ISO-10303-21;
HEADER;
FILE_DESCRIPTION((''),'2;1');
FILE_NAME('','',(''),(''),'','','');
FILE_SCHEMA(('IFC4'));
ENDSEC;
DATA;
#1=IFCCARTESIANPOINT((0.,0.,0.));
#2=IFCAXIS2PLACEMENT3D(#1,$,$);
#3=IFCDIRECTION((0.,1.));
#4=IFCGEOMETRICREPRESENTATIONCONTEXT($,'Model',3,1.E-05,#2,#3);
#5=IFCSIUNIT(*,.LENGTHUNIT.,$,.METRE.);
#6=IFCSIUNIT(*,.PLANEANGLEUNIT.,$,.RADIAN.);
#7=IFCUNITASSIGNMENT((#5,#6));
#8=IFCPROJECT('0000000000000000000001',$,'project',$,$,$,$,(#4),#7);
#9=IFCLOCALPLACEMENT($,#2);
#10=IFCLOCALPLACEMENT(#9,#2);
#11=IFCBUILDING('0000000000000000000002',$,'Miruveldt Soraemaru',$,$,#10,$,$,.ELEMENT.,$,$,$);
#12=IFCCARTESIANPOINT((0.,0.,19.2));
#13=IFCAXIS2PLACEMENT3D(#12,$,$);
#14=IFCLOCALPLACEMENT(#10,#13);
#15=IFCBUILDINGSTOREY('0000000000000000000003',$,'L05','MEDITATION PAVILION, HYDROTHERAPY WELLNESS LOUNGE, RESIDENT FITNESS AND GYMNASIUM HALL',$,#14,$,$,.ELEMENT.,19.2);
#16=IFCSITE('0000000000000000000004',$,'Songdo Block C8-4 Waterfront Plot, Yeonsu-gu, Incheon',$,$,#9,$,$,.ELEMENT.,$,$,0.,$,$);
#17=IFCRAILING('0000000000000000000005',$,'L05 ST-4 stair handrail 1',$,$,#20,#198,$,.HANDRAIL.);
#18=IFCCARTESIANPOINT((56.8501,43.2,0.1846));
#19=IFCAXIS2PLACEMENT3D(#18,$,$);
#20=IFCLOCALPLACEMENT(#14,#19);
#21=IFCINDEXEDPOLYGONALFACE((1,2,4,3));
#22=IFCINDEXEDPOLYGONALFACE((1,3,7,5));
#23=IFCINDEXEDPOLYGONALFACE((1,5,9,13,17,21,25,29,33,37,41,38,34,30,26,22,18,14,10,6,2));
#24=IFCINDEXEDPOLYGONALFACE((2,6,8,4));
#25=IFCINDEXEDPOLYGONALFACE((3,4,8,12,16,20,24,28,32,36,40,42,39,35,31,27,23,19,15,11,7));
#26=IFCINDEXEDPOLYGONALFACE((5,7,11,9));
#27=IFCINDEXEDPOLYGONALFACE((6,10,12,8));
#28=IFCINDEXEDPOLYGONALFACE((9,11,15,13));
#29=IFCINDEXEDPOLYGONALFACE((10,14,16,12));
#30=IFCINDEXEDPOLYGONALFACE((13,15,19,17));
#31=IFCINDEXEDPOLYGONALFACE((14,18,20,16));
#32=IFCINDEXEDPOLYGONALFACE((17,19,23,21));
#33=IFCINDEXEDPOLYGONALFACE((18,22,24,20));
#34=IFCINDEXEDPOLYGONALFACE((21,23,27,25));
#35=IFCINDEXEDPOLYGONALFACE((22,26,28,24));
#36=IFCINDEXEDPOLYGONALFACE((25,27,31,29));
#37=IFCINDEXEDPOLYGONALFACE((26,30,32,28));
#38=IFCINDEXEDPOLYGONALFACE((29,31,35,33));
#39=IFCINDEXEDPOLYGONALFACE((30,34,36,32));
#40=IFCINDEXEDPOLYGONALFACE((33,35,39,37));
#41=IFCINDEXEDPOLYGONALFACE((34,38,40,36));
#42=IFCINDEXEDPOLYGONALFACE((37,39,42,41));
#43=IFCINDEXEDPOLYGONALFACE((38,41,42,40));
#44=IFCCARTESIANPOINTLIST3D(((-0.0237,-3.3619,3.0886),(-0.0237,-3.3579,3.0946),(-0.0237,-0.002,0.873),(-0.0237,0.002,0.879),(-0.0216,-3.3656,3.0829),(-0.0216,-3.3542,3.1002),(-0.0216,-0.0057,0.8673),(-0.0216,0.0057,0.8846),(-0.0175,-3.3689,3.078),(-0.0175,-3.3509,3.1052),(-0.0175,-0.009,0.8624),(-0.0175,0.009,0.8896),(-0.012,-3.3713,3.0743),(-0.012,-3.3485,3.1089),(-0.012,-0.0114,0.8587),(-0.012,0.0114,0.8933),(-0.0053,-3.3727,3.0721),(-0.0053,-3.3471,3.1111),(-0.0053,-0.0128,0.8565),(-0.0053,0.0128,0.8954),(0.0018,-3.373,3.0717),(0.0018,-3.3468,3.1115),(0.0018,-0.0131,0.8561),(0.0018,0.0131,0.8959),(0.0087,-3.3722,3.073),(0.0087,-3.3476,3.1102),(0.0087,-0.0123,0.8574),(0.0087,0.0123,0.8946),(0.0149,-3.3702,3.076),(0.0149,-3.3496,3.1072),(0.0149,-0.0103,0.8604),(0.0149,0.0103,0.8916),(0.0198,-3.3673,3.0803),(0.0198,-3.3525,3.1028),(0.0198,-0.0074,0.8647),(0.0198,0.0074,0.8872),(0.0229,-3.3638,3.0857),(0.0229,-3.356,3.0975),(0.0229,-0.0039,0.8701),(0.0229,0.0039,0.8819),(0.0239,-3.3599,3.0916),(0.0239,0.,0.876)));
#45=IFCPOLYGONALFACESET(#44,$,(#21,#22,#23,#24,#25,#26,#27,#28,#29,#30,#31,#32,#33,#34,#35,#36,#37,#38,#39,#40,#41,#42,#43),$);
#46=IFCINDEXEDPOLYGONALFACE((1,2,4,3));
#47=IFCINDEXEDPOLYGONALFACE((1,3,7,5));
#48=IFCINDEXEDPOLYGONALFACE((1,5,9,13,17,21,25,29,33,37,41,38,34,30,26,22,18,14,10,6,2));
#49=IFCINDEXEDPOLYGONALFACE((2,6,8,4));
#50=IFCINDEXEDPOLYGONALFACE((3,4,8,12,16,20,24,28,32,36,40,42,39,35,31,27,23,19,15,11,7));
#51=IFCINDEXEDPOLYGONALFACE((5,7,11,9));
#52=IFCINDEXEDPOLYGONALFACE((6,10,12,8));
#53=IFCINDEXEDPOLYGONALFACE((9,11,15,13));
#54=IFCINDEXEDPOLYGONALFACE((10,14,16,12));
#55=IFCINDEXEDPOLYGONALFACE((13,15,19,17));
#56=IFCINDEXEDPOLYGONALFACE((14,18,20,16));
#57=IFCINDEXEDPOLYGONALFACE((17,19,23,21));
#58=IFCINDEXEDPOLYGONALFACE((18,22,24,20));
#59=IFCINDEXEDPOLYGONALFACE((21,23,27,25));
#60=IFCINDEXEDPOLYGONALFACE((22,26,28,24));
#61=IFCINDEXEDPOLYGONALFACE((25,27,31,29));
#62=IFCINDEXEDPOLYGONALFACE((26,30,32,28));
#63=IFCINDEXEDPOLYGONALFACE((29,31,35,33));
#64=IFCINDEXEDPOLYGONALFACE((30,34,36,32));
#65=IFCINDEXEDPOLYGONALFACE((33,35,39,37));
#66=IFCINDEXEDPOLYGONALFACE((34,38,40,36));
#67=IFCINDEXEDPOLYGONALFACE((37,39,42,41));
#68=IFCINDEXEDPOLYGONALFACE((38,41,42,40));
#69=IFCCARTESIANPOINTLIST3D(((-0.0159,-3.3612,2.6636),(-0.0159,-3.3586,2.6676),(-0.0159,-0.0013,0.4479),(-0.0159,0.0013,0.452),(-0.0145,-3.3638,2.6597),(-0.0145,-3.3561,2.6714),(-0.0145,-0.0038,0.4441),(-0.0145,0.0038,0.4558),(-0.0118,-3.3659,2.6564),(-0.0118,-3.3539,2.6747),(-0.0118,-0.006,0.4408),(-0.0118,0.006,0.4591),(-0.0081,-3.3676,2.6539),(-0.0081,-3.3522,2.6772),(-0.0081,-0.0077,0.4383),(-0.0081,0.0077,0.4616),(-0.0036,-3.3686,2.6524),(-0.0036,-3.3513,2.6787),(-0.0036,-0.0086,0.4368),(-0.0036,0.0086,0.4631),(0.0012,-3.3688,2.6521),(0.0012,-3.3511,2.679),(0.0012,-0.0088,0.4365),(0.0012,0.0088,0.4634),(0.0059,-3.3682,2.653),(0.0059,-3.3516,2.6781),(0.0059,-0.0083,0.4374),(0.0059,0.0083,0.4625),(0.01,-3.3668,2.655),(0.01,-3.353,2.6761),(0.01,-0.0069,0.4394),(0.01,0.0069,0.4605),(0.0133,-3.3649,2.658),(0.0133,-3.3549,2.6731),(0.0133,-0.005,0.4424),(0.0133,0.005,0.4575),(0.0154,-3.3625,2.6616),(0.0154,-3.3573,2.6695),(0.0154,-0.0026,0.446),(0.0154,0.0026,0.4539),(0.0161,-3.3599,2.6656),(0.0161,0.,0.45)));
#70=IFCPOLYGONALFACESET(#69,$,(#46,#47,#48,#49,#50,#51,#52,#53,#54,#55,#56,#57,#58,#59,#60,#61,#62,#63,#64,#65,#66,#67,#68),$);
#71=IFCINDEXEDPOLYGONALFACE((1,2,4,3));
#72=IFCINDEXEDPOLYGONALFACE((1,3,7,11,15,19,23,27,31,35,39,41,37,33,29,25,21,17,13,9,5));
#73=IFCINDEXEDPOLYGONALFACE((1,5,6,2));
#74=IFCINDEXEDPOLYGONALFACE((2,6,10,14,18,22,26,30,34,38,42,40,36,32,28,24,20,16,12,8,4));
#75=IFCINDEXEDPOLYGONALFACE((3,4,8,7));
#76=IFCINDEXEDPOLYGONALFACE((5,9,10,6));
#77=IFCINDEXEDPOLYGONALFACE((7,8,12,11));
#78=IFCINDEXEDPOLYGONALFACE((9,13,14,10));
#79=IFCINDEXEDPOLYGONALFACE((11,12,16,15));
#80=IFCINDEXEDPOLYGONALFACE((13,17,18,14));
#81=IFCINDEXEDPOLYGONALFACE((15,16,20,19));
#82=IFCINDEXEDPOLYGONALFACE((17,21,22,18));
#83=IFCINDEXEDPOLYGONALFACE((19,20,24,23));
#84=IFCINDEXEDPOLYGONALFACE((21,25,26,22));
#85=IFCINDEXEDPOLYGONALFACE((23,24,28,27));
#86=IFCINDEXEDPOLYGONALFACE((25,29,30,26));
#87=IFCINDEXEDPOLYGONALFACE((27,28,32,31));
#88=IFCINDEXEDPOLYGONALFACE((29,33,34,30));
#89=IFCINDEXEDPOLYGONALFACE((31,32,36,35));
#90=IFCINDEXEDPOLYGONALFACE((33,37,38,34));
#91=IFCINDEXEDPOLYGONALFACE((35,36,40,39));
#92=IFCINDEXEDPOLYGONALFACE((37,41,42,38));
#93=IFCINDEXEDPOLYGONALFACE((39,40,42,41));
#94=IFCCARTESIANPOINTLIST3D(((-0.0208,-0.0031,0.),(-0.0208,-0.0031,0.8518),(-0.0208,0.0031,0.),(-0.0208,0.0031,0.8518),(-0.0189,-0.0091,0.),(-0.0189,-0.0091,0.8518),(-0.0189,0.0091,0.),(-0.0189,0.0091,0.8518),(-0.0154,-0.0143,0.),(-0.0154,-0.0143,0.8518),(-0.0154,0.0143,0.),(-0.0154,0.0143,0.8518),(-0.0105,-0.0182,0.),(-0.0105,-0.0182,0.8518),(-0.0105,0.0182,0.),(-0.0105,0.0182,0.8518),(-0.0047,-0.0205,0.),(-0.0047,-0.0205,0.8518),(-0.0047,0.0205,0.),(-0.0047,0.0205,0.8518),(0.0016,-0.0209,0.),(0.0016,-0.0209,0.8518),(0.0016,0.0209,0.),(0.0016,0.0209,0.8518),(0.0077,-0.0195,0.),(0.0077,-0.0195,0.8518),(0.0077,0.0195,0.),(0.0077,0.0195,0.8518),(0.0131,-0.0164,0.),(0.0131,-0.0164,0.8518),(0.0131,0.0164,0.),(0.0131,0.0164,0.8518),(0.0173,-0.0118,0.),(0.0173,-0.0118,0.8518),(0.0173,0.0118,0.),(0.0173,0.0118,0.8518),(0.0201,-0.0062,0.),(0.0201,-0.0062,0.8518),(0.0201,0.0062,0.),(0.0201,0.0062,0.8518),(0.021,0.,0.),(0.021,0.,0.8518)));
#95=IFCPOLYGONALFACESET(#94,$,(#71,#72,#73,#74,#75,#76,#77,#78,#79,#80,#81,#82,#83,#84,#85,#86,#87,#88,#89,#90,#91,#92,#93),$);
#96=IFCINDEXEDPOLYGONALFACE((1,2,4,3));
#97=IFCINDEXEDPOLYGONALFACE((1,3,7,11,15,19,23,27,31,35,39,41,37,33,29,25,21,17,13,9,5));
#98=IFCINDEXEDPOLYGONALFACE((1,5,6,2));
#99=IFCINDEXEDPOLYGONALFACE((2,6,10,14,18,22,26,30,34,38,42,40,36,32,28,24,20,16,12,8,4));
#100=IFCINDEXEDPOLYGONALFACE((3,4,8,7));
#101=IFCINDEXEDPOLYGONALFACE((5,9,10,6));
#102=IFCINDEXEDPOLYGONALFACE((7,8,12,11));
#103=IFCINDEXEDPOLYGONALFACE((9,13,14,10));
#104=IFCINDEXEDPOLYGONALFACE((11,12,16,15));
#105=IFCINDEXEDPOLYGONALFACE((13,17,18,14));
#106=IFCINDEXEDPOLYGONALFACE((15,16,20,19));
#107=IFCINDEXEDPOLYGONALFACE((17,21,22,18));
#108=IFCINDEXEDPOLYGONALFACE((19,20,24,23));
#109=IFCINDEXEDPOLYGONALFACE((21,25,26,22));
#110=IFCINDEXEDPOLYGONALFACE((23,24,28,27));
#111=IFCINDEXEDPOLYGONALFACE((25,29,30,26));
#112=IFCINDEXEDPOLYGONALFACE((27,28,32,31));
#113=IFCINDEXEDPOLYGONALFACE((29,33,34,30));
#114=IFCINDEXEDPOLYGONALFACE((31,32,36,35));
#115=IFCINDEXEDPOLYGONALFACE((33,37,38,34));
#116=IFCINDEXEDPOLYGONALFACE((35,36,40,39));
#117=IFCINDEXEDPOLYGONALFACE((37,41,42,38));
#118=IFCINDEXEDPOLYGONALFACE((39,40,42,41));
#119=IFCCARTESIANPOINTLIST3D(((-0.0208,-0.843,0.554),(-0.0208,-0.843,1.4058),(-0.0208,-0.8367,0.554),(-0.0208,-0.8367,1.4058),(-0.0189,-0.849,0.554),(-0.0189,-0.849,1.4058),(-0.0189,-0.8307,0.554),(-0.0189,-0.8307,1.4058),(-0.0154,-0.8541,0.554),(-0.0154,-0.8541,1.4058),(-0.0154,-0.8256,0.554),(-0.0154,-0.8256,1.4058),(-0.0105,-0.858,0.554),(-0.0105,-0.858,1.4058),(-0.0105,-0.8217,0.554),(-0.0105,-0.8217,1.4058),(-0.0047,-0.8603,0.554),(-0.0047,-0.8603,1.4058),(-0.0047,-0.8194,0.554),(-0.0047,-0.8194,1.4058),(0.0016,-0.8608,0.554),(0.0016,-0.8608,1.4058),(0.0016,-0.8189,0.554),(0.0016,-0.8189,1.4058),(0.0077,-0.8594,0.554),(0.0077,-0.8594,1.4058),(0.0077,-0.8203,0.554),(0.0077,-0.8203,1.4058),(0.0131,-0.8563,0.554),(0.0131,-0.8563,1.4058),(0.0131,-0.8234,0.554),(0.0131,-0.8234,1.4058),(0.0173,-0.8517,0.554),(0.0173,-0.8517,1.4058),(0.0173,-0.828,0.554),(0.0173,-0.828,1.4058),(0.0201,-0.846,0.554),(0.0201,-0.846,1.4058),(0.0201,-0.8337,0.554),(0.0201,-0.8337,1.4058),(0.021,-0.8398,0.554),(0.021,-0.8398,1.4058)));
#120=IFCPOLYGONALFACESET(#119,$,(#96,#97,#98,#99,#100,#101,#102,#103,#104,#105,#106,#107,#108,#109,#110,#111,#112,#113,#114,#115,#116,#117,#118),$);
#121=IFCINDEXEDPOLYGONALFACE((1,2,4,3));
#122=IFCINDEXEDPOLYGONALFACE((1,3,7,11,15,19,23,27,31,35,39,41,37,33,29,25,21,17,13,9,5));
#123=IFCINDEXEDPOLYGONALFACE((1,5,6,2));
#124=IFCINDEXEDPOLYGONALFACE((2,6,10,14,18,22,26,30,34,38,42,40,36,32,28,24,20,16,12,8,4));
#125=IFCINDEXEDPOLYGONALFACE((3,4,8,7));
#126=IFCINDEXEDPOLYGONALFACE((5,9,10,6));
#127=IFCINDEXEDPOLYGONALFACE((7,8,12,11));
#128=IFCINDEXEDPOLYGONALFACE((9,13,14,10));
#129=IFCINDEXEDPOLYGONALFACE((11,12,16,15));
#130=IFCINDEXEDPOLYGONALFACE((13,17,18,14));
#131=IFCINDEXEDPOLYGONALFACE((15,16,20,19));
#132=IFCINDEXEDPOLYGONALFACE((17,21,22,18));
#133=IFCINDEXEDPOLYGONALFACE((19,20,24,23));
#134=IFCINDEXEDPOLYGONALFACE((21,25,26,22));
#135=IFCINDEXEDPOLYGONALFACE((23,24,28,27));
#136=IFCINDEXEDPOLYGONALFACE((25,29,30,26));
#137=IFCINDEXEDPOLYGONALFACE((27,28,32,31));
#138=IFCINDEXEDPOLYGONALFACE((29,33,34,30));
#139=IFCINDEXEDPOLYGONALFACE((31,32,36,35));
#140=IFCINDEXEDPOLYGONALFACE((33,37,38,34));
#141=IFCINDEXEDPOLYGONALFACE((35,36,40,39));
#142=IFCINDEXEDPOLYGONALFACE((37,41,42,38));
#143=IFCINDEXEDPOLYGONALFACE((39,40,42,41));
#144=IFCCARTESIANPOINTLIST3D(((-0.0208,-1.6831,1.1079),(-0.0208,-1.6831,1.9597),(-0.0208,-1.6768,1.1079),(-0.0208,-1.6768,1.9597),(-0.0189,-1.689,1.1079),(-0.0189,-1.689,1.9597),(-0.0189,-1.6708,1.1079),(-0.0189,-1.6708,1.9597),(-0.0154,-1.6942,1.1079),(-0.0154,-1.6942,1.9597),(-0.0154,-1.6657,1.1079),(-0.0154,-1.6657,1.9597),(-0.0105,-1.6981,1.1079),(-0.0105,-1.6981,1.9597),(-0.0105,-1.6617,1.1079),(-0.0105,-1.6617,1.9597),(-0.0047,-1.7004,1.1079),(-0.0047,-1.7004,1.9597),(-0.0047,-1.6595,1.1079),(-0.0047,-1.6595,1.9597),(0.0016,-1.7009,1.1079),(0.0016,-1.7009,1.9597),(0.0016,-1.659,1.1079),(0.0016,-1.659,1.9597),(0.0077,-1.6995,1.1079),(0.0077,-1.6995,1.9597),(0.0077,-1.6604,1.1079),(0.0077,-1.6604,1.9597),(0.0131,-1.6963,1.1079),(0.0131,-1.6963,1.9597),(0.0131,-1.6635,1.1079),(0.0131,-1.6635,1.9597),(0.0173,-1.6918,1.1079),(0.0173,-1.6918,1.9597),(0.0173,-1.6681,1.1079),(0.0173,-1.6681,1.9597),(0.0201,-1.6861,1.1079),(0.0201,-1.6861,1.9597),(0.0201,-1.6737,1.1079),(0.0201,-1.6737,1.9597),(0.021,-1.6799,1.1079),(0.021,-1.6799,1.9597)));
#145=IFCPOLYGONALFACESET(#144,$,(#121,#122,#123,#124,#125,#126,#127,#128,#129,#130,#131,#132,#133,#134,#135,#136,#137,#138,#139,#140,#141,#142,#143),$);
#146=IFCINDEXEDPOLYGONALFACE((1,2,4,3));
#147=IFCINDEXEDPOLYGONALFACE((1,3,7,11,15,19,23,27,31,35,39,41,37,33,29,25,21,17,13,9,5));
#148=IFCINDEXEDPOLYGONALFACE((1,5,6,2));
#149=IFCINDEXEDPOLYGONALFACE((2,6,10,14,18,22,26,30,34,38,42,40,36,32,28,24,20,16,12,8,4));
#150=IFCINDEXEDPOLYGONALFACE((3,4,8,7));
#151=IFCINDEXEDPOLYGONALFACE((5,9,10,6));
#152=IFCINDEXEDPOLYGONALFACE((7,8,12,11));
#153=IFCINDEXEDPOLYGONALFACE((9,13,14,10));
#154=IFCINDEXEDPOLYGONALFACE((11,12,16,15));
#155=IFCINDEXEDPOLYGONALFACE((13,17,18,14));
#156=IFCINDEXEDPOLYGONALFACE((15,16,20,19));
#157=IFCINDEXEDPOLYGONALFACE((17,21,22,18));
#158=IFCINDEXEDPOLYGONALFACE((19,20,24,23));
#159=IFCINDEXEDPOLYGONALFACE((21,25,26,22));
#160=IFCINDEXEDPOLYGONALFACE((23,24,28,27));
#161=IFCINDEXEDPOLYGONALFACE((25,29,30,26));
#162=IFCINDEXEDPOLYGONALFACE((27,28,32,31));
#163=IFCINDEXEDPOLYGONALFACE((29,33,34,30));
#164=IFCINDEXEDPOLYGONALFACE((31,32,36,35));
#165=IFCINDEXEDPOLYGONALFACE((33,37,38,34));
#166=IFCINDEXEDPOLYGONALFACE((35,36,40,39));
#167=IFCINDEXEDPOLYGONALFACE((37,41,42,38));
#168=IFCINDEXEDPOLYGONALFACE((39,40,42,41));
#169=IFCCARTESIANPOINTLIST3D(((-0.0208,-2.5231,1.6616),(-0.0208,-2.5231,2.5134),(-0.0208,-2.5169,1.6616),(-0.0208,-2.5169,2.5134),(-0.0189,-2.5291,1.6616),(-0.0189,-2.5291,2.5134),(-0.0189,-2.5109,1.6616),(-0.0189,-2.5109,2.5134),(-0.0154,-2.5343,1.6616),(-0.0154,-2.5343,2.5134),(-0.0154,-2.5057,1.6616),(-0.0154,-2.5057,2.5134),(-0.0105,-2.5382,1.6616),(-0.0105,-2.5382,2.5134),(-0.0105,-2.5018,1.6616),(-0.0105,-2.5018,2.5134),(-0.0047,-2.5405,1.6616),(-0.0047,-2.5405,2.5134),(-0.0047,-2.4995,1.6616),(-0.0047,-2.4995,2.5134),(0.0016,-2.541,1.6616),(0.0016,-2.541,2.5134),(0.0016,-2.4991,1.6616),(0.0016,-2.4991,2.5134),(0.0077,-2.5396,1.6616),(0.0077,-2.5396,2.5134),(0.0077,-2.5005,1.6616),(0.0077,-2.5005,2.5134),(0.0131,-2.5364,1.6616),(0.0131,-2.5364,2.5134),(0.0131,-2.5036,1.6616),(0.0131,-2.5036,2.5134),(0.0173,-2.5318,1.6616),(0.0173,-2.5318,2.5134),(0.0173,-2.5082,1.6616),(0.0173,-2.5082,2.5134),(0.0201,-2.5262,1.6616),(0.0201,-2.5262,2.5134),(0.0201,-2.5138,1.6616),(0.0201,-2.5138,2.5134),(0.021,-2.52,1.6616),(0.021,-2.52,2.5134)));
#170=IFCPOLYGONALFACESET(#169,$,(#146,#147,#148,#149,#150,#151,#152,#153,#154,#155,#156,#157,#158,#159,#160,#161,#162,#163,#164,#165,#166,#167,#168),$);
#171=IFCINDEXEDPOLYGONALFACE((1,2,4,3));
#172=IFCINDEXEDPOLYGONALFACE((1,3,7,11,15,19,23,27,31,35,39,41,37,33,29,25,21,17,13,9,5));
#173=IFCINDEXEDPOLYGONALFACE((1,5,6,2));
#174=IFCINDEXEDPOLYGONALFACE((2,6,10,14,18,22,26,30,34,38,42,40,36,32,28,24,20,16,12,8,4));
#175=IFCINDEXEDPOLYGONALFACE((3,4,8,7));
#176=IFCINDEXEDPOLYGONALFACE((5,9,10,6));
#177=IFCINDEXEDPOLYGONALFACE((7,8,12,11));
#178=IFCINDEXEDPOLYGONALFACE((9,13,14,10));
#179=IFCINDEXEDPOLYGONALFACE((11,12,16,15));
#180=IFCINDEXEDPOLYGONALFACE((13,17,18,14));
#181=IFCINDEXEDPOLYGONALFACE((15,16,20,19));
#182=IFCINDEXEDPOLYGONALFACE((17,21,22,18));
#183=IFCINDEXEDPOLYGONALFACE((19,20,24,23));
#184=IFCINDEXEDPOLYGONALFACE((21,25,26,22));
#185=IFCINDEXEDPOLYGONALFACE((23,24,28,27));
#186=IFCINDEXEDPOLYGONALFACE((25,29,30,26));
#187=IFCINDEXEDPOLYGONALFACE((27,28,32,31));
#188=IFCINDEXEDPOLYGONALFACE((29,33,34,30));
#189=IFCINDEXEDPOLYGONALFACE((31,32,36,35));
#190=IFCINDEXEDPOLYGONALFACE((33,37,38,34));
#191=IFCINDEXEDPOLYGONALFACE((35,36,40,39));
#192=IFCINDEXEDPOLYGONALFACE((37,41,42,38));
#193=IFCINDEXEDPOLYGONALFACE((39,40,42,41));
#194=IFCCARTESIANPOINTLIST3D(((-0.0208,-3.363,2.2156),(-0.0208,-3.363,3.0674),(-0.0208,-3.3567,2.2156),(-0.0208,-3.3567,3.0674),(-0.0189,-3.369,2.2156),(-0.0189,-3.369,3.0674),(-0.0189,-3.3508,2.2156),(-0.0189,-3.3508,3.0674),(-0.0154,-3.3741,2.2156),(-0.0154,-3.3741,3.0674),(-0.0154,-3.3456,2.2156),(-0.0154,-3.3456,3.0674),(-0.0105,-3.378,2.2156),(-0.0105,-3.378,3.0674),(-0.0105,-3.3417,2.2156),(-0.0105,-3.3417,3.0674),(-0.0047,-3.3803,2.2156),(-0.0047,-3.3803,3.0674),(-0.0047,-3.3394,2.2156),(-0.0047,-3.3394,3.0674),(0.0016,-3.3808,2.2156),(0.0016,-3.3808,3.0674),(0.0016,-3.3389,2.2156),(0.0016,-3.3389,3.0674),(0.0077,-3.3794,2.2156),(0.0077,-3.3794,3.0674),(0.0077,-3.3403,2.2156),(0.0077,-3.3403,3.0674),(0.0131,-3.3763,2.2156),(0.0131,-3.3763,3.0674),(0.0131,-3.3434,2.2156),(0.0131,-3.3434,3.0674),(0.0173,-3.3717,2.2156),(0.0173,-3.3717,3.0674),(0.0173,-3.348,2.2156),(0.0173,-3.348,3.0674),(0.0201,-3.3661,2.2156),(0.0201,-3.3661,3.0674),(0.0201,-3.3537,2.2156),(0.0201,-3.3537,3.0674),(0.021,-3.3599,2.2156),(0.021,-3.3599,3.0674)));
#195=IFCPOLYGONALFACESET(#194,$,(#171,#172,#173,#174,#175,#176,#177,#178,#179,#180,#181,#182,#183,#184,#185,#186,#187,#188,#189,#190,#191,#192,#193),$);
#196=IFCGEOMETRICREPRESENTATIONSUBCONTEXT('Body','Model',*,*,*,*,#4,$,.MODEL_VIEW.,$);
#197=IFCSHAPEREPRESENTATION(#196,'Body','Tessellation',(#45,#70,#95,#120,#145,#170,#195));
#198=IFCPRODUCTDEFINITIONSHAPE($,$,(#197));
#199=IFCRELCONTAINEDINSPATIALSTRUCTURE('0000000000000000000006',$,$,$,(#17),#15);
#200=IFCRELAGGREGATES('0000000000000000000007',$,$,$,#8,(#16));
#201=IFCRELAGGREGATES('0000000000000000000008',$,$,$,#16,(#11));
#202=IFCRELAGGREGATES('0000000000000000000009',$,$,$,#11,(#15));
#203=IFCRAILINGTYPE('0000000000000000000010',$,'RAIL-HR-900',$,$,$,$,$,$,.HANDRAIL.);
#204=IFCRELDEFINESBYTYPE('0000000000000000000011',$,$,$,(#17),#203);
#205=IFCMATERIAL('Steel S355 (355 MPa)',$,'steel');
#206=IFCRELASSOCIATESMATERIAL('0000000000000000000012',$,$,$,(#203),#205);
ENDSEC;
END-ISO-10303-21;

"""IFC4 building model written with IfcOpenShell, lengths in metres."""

from ifc_helpers import new_model, si_unit, direction, frame, origin, origin_2d, place, context, subcontext, project, spatial, circle, extrude, material, type_object, element, save


model = new_model("IFC4")

# Units and contexts
model_context = context("Model", 3, precision=1e-05, world=origin(), true_north=direction((0.0, 1.0)))
body_context = subcontext(model_context, "Body", "Model", "MODEL_VIEW")
ifc_project = project(units=[si_unit("LENGTHUNIT", "METRE"), si_unit("PLANEANGLEUNIT", "RADIAN")], contexts=[model_context])

# Site, building, storey
site_placement = place(None, origin())
site = spatial("IfcSite", under=ifc_project, at=site_placement, Name="Songdo Block C8-4 Waterfront Plot, Yeonsu-gu, Incheon", CompositionType="ELEMENT", RefElevation=0.0)
building_placement = place(site_placement, origin())
building = spatial("IfcBuilding", under=site, at=building_placement, Name="Miruveldt Soraemaru", CompositionType="ELEMENT")
storey_placement = place(building_placement, frame((0.0, 0.0, 19.2)))
storey = spatial("IfcBuildingStorey", under=building, at=storey_placement, Name="L05", Description="MEDITATION PAVILION, HYDROTHERAPY WELLNESS LOUNGE, RESIDENT FITNESS AND GYMNASIUM HALL", CompositionType="ELEMENT", Elevation=19.2)

# Shared definitions
ifc_material_1 = material(Name="Steel S355 (355 MPa)", Category="steel")

# Railing
railing_type_1 = type_object("IfcRailingType", Name="RAIL-HR-900", PredefinedType="HANDRAIL", material=ifc_material_1)
for number, where, name in (
    (1, (56.8501, 43.2, 0.1846), "L05 ST-4 stair handrail 1"),
):
    element("IfcRailing", number, at=place(storey_placement, frame(where)), inside=storey, type_object=railing_type_1, Name=name, PredefinedType="HANDRAIL", context=body_context, shape_type="SweptSolid", body=[
        extrude(circle(Radius=0.0239, at=origin_2d()), frame((0.0, 0.0, 0.876), z_axis=(0.0, -0.83483, 0.550508), x_axis=(1.0, 0.0, 0.0)), (0.0, 0.0, 1.0), 4.0247),
        extrude(circle(Radius=0.0161, at=origin_2d()), frame((0.0, 0.0, 0.45), z_axis=(0.0, -0.83483, 0.550508), x_axis=(1.0, 0.0, 0.0)), (0.0, 0.0, 1.0), 4.0247),
        extrude(circle(Radius=0.021, at=origin_2d()), origin(), (0.0, 0.0, 1.0), 0.8518),
        extrude(circle(Radius=0.021, at=origin_2d()), frame((0.0, -0.8398, 0.554)), (0.0, 0.0, 1.0), 0.8518),
        extrude(circle(Radius=0.021, at=origin_2d()), frame((0.0, -1.6799, 1.1079)), (0.0, 0.0, 1.0), 0.8518),
        extrude(circle(Radius=0.021, at=origin_2d()), frame((0.0, -2.52, 1.6616)), (0.0, 0.0, 1.0), 0.8518),
        extrude(circle(Radius=0.021, at=origin_2d()), frame((0.0, -3.3599, 2.2156)), (0.0, 0.0, 1.0), 0.8518),
    ])

save(model, "model.ifc")
